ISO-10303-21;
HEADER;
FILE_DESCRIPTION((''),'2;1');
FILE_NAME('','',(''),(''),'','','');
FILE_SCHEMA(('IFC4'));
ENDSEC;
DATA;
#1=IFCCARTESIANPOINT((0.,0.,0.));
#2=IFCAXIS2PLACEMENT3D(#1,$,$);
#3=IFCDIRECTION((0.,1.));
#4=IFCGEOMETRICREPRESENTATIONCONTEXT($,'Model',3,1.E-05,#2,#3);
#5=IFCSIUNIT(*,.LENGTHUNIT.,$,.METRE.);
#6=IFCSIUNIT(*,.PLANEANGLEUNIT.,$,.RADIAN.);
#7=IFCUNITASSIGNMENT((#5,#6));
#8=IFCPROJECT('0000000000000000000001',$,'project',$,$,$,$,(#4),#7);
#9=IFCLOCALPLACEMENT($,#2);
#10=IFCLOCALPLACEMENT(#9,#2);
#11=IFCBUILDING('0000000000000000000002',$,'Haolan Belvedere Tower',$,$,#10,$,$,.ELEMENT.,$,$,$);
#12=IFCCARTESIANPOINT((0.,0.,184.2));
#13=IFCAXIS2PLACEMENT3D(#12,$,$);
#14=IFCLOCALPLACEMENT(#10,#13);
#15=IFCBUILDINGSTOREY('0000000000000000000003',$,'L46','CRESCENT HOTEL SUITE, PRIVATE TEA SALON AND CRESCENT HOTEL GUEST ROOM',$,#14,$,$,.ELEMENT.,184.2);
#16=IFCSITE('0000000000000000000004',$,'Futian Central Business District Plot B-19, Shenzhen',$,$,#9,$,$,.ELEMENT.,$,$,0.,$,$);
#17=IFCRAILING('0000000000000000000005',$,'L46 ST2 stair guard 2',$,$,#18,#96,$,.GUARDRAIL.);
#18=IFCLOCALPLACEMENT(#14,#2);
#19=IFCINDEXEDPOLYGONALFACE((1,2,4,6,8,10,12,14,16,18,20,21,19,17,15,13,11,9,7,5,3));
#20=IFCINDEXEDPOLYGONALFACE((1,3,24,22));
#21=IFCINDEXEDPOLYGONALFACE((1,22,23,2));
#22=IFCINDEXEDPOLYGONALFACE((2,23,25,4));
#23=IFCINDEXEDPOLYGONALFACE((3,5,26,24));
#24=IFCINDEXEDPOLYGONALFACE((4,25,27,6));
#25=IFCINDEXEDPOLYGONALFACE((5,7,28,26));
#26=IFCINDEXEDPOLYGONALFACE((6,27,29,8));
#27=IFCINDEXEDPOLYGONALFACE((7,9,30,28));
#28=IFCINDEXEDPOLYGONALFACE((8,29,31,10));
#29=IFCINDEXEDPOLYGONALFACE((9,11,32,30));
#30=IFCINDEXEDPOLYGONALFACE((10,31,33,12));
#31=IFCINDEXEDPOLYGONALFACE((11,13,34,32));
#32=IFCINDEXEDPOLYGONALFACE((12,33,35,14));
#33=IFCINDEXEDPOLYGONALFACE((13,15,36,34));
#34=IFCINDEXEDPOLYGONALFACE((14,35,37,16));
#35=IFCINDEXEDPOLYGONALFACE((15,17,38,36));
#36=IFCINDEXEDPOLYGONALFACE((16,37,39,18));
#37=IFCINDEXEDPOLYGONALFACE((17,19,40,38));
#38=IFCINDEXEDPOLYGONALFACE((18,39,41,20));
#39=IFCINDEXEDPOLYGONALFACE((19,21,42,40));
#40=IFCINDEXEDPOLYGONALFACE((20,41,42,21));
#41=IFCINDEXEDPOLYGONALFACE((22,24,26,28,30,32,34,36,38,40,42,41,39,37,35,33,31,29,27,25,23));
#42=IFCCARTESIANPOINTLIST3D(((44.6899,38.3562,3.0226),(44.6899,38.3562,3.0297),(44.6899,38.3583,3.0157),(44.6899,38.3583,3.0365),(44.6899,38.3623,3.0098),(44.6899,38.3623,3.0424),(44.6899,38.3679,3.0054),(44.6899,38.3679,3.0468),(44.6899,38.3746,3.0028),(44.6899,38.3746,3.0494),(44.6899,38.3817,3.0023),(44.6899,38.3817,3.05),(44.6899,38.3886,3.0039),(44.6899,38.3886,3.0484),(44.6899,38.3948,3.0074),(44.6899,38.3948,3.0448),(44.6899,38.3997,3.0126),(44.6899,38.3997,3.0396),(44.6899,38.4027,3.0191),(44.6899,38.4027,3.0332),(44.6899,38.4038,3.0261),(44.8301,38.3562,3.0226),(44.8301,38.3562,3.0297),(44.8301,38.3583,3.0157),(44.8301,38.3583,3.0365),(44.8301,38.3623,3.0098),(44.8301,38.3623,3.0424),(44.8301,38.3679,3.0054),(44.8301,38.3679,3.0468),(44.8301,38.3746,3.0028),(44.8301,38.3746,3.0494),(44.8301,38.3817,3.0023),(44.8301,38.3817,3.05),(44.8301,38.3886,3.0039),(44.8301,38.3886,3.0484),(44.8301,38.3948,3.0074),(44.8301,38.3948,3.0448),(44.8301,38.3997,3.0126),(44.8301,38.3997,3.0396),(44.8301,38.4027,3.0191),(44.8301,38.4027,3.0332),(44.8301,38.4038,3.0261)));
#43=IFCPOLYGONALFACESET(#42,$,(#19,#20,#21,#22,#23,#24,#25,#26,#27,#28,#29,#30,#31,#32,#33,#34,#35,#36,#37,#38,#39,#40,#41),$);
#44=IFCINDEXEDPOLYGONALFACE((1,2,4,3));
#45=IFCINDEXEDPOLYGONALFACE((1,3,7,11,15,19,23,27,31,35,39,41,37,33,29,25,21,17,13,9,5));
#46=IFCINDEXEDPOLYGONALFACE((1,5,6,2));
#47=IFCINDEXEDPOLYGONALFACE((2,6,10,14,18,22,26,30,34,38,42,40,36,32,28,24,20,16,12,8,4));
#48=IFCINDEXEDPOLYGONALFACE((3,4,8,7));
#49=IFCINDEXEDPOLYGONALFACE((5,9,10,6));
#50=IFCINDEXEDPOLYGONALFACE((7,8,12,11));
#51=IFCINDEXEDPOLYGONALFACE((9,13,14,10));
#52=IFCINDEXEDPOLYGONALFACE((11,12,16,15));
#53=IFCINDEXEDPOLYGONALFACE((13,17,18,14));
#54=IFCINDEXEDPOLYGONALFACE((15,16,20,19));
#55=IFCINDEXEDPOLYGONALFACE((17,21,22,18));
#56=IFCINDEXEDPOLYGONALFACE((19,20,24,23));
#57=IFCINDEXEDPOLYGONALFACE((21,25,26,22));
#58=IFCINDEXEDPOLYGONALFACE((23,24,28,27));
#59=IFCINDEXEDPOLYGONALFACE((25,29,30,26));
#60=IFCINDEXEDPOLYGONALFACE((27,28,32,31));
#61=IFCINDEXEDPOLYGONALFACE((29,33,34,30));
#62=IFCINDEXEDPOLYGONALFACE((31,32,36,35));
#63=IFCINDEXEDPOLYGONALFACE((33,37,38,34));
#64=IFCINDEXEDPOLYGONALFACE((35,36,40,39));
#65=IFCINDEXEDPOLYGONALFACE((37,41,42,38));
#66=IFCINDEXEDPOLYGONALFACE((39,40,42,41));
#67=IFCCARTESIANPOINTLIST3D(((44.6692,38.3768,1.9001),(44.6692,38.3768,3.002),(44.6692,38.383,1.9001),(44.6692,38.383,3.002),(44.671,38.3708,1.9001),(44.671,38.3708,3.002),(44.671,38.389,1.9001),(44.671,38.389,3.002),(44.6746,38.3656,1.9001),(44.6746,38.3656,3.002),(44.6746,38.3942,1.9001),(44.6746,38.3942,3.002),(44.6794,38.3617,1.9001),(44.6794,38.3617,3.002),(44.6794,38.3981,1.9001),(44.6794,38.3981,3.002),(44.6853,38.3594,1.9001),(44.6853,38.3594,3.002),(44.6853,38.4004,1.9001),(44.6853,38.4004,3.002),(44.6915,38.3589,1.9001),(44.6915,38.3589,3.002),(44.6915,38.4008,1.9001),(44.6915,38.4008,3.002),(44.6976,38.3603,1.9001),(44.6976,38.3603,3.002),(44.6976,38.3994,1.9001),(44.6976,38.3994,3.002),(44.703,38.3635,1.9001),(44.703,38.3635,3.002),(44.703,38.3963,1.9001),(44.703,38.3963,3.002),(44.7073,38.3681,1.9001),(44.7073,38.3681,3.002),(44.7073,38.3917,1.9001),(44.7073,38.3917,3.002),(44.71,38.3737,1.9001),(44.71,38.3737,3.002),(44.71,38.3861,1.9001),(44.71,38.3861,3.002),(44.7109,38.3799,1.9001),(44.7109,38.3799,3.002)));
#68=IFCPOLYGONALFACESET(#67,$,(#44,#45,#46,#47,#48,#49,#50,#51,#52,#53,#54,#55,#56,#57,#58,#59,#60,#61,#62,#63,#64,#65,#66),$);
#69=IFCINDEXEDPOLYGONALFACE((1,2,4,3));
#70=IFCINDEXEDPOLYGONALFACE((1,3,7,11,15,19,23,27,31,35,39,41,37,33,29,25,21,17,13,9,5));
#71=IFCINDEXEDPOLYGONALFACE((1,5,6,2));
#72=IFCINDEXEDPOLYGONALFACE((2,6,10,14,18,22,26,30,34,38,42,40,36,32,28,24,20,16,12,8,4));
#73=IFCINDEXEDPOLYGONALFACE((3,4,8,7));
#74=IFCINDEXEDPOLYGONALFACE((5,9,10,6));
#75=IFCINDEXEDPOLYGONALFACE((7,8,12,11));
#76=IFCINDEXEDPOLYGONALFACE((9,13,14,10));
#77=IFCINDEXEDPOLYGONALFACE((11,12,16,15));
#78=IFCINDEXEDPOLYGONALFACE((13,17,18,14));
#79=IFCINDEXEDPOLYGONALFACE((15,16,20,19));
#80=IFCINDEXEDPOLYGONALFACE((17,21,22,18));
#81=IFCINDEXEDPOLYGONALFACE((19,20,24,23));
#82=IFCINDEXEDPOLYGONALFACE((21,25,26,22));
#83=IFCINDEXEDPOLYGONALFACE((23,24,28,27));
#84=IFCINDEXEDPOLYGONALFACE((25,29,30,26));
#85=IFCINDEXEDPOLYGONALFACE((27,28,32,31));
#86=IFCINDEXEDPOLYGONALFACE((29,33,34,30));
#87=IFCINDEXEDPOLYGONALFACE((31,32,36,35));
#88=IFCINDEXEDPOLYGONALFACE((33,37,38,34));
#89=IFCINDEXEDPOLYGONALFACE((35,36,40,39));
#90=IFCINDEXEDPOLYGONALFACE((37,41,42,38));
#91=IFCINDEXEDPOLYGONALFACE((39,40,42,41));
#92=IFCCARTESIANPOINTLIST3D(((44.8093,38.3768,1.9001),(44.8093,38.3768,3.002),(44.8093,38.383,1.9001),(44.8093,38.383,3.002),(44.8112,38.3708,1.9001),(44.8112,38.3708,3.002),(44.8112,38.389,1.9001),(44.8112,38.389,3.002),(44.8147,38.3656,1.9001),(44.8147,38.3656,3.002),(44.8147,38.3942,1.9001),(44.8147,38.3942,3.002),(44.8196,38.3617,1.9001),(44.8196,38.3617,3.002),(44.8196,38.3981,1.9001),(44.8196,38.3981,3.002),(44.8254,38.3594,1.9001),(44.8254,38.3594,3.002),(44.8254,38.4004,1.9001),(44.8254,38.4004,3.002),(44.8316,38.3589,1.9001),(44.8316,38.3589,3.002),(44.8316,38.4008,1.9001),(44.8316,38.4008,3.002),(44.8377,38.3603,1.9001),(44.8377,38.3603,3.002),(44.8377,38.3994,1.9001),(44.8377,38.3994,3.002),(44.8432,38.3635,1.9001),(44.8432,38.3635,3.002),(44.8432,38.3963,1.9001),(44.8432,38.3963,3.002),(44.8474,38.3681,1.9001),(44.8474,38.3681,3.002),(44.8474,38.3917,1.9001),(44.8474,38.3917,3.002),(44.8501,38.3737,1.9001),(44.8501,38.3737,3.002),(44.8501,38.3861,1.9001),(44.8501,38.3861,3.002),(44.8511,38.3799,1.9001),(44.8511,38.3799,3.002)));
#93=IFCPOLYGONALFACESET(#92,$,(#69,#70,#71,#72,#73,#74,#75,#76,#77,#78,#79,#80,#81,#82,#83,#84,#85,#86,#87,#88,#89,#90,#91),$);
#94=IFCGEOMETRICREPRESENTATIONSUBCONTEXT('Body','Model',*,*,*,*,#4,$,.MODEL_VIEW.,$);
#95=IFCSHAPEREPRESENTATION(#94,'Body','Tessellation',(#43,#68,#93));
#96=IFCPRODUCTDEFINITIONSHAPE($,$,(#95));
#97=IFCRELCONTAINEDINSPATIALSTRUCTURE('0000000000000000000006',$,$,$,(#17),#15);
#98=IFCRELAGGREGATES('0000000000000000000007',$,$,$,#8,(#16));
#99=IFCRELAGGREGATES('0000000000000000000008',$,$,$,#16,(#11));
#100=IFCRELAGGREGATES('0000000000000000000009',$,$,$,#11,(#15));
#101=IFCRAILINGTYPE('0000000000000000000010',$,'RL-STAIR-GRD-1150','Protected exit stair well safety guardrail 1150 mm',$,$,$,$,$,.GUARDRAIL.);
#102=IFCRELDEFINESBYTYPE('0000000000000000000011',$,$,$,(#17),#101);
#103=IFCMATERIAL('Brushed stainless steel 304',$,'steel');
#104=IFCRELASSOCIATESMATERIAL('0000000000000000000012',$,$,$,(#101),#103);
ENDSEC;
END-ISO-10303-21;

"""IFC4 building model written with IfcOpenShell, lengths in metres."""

from ifc_helpers import new_model, si_unit, direction, frame, origin, origin_2d, place, context, subcontext, project, spatial, circle, extrude, material, type_object, element, save


model = new_model("IFC4")

# Units and contexts
model_context = context("Model", 3, precision=1e-05, world=origin(), true_north=direction((0.0, 1.0)))
body_context = subcontext(model_context, "Body", "Model", "MODEL_VIEW")
ifc_project = project(units=[si_unit("LENGTHUNIT", "METRE"), si_unit("PLANEANGLEUNIT", "RADIAN")], contexts=[model_context])

# Site, building, storey
site_placement = place(None, origin())
site = spatial("IfcSite", under=ifc_project, at=site_placement, Name="Futian Central Business District Plot B-19, Shenzhen", CompositionType="ELEMENT", RefElevation=0.0)
building_placement = place(site_placement, origin())
building = spatial("IfcBuilding", under=site, at=building_placement, Name="Haolan Belvedere Tower", CompositionType="ELEMENT")
storey_placement = place(building_placement, frame((0.0, 0.0, 184.2)))
storey = spatial("IfcBuildingStorey", under=building, at=storey_placement, Name="L46", Description="CRESCENT HOTEL SUITE, PRIVATE TEA SALON AND CRESCENT HOTEL GUEST ROOM", CompositionType="ELEMENT", Elevation=184.2)

# Railing
ifc_material_1 = material(Name="Brushed stainless steel 304", Category="steel")
railing_type_1 = type_object("IfcRailingType", Name="RL-STAIR-GRD-1150", Description="Protected exit stair well safety guardrail 1150 mm", PredefinedType="GUARDRAIL", material=ifc_material_1)
railing_1_placement = place(storey_placement, frame((44.6899, 38.3799, 1.9001)))
element("IfcRailing", 1, at=railing_1_placement, inside=storey, type_object=railing_type_1, Name="L46 ST2 stair guard 2", PredefinedType="GUARDRAIL", context=body_context, shape_type="SweptSolid", body=[
    extrude(circle(Radius=0.0239, at=origin_2d()), frame((0.0, 0.0, 1.126), z_axis=(1.0, 0.0, 0.0), x_axis=(0.0, 1.0, 0.0)), (0.0, 0.0, 1.0), 0.1401),
    extrude(circle(Radius=0.021, at=origin_2d()), origin(), (0.0, 0.0, 1.0), 1.1018),
    extrude(circle(Radius=0.021, at=origin_2d()), frame((0.1401, 0.0, 0.0)), (0.0, 0.0, 1.0), 1.1018),
])

save(model, "model.ifc")
